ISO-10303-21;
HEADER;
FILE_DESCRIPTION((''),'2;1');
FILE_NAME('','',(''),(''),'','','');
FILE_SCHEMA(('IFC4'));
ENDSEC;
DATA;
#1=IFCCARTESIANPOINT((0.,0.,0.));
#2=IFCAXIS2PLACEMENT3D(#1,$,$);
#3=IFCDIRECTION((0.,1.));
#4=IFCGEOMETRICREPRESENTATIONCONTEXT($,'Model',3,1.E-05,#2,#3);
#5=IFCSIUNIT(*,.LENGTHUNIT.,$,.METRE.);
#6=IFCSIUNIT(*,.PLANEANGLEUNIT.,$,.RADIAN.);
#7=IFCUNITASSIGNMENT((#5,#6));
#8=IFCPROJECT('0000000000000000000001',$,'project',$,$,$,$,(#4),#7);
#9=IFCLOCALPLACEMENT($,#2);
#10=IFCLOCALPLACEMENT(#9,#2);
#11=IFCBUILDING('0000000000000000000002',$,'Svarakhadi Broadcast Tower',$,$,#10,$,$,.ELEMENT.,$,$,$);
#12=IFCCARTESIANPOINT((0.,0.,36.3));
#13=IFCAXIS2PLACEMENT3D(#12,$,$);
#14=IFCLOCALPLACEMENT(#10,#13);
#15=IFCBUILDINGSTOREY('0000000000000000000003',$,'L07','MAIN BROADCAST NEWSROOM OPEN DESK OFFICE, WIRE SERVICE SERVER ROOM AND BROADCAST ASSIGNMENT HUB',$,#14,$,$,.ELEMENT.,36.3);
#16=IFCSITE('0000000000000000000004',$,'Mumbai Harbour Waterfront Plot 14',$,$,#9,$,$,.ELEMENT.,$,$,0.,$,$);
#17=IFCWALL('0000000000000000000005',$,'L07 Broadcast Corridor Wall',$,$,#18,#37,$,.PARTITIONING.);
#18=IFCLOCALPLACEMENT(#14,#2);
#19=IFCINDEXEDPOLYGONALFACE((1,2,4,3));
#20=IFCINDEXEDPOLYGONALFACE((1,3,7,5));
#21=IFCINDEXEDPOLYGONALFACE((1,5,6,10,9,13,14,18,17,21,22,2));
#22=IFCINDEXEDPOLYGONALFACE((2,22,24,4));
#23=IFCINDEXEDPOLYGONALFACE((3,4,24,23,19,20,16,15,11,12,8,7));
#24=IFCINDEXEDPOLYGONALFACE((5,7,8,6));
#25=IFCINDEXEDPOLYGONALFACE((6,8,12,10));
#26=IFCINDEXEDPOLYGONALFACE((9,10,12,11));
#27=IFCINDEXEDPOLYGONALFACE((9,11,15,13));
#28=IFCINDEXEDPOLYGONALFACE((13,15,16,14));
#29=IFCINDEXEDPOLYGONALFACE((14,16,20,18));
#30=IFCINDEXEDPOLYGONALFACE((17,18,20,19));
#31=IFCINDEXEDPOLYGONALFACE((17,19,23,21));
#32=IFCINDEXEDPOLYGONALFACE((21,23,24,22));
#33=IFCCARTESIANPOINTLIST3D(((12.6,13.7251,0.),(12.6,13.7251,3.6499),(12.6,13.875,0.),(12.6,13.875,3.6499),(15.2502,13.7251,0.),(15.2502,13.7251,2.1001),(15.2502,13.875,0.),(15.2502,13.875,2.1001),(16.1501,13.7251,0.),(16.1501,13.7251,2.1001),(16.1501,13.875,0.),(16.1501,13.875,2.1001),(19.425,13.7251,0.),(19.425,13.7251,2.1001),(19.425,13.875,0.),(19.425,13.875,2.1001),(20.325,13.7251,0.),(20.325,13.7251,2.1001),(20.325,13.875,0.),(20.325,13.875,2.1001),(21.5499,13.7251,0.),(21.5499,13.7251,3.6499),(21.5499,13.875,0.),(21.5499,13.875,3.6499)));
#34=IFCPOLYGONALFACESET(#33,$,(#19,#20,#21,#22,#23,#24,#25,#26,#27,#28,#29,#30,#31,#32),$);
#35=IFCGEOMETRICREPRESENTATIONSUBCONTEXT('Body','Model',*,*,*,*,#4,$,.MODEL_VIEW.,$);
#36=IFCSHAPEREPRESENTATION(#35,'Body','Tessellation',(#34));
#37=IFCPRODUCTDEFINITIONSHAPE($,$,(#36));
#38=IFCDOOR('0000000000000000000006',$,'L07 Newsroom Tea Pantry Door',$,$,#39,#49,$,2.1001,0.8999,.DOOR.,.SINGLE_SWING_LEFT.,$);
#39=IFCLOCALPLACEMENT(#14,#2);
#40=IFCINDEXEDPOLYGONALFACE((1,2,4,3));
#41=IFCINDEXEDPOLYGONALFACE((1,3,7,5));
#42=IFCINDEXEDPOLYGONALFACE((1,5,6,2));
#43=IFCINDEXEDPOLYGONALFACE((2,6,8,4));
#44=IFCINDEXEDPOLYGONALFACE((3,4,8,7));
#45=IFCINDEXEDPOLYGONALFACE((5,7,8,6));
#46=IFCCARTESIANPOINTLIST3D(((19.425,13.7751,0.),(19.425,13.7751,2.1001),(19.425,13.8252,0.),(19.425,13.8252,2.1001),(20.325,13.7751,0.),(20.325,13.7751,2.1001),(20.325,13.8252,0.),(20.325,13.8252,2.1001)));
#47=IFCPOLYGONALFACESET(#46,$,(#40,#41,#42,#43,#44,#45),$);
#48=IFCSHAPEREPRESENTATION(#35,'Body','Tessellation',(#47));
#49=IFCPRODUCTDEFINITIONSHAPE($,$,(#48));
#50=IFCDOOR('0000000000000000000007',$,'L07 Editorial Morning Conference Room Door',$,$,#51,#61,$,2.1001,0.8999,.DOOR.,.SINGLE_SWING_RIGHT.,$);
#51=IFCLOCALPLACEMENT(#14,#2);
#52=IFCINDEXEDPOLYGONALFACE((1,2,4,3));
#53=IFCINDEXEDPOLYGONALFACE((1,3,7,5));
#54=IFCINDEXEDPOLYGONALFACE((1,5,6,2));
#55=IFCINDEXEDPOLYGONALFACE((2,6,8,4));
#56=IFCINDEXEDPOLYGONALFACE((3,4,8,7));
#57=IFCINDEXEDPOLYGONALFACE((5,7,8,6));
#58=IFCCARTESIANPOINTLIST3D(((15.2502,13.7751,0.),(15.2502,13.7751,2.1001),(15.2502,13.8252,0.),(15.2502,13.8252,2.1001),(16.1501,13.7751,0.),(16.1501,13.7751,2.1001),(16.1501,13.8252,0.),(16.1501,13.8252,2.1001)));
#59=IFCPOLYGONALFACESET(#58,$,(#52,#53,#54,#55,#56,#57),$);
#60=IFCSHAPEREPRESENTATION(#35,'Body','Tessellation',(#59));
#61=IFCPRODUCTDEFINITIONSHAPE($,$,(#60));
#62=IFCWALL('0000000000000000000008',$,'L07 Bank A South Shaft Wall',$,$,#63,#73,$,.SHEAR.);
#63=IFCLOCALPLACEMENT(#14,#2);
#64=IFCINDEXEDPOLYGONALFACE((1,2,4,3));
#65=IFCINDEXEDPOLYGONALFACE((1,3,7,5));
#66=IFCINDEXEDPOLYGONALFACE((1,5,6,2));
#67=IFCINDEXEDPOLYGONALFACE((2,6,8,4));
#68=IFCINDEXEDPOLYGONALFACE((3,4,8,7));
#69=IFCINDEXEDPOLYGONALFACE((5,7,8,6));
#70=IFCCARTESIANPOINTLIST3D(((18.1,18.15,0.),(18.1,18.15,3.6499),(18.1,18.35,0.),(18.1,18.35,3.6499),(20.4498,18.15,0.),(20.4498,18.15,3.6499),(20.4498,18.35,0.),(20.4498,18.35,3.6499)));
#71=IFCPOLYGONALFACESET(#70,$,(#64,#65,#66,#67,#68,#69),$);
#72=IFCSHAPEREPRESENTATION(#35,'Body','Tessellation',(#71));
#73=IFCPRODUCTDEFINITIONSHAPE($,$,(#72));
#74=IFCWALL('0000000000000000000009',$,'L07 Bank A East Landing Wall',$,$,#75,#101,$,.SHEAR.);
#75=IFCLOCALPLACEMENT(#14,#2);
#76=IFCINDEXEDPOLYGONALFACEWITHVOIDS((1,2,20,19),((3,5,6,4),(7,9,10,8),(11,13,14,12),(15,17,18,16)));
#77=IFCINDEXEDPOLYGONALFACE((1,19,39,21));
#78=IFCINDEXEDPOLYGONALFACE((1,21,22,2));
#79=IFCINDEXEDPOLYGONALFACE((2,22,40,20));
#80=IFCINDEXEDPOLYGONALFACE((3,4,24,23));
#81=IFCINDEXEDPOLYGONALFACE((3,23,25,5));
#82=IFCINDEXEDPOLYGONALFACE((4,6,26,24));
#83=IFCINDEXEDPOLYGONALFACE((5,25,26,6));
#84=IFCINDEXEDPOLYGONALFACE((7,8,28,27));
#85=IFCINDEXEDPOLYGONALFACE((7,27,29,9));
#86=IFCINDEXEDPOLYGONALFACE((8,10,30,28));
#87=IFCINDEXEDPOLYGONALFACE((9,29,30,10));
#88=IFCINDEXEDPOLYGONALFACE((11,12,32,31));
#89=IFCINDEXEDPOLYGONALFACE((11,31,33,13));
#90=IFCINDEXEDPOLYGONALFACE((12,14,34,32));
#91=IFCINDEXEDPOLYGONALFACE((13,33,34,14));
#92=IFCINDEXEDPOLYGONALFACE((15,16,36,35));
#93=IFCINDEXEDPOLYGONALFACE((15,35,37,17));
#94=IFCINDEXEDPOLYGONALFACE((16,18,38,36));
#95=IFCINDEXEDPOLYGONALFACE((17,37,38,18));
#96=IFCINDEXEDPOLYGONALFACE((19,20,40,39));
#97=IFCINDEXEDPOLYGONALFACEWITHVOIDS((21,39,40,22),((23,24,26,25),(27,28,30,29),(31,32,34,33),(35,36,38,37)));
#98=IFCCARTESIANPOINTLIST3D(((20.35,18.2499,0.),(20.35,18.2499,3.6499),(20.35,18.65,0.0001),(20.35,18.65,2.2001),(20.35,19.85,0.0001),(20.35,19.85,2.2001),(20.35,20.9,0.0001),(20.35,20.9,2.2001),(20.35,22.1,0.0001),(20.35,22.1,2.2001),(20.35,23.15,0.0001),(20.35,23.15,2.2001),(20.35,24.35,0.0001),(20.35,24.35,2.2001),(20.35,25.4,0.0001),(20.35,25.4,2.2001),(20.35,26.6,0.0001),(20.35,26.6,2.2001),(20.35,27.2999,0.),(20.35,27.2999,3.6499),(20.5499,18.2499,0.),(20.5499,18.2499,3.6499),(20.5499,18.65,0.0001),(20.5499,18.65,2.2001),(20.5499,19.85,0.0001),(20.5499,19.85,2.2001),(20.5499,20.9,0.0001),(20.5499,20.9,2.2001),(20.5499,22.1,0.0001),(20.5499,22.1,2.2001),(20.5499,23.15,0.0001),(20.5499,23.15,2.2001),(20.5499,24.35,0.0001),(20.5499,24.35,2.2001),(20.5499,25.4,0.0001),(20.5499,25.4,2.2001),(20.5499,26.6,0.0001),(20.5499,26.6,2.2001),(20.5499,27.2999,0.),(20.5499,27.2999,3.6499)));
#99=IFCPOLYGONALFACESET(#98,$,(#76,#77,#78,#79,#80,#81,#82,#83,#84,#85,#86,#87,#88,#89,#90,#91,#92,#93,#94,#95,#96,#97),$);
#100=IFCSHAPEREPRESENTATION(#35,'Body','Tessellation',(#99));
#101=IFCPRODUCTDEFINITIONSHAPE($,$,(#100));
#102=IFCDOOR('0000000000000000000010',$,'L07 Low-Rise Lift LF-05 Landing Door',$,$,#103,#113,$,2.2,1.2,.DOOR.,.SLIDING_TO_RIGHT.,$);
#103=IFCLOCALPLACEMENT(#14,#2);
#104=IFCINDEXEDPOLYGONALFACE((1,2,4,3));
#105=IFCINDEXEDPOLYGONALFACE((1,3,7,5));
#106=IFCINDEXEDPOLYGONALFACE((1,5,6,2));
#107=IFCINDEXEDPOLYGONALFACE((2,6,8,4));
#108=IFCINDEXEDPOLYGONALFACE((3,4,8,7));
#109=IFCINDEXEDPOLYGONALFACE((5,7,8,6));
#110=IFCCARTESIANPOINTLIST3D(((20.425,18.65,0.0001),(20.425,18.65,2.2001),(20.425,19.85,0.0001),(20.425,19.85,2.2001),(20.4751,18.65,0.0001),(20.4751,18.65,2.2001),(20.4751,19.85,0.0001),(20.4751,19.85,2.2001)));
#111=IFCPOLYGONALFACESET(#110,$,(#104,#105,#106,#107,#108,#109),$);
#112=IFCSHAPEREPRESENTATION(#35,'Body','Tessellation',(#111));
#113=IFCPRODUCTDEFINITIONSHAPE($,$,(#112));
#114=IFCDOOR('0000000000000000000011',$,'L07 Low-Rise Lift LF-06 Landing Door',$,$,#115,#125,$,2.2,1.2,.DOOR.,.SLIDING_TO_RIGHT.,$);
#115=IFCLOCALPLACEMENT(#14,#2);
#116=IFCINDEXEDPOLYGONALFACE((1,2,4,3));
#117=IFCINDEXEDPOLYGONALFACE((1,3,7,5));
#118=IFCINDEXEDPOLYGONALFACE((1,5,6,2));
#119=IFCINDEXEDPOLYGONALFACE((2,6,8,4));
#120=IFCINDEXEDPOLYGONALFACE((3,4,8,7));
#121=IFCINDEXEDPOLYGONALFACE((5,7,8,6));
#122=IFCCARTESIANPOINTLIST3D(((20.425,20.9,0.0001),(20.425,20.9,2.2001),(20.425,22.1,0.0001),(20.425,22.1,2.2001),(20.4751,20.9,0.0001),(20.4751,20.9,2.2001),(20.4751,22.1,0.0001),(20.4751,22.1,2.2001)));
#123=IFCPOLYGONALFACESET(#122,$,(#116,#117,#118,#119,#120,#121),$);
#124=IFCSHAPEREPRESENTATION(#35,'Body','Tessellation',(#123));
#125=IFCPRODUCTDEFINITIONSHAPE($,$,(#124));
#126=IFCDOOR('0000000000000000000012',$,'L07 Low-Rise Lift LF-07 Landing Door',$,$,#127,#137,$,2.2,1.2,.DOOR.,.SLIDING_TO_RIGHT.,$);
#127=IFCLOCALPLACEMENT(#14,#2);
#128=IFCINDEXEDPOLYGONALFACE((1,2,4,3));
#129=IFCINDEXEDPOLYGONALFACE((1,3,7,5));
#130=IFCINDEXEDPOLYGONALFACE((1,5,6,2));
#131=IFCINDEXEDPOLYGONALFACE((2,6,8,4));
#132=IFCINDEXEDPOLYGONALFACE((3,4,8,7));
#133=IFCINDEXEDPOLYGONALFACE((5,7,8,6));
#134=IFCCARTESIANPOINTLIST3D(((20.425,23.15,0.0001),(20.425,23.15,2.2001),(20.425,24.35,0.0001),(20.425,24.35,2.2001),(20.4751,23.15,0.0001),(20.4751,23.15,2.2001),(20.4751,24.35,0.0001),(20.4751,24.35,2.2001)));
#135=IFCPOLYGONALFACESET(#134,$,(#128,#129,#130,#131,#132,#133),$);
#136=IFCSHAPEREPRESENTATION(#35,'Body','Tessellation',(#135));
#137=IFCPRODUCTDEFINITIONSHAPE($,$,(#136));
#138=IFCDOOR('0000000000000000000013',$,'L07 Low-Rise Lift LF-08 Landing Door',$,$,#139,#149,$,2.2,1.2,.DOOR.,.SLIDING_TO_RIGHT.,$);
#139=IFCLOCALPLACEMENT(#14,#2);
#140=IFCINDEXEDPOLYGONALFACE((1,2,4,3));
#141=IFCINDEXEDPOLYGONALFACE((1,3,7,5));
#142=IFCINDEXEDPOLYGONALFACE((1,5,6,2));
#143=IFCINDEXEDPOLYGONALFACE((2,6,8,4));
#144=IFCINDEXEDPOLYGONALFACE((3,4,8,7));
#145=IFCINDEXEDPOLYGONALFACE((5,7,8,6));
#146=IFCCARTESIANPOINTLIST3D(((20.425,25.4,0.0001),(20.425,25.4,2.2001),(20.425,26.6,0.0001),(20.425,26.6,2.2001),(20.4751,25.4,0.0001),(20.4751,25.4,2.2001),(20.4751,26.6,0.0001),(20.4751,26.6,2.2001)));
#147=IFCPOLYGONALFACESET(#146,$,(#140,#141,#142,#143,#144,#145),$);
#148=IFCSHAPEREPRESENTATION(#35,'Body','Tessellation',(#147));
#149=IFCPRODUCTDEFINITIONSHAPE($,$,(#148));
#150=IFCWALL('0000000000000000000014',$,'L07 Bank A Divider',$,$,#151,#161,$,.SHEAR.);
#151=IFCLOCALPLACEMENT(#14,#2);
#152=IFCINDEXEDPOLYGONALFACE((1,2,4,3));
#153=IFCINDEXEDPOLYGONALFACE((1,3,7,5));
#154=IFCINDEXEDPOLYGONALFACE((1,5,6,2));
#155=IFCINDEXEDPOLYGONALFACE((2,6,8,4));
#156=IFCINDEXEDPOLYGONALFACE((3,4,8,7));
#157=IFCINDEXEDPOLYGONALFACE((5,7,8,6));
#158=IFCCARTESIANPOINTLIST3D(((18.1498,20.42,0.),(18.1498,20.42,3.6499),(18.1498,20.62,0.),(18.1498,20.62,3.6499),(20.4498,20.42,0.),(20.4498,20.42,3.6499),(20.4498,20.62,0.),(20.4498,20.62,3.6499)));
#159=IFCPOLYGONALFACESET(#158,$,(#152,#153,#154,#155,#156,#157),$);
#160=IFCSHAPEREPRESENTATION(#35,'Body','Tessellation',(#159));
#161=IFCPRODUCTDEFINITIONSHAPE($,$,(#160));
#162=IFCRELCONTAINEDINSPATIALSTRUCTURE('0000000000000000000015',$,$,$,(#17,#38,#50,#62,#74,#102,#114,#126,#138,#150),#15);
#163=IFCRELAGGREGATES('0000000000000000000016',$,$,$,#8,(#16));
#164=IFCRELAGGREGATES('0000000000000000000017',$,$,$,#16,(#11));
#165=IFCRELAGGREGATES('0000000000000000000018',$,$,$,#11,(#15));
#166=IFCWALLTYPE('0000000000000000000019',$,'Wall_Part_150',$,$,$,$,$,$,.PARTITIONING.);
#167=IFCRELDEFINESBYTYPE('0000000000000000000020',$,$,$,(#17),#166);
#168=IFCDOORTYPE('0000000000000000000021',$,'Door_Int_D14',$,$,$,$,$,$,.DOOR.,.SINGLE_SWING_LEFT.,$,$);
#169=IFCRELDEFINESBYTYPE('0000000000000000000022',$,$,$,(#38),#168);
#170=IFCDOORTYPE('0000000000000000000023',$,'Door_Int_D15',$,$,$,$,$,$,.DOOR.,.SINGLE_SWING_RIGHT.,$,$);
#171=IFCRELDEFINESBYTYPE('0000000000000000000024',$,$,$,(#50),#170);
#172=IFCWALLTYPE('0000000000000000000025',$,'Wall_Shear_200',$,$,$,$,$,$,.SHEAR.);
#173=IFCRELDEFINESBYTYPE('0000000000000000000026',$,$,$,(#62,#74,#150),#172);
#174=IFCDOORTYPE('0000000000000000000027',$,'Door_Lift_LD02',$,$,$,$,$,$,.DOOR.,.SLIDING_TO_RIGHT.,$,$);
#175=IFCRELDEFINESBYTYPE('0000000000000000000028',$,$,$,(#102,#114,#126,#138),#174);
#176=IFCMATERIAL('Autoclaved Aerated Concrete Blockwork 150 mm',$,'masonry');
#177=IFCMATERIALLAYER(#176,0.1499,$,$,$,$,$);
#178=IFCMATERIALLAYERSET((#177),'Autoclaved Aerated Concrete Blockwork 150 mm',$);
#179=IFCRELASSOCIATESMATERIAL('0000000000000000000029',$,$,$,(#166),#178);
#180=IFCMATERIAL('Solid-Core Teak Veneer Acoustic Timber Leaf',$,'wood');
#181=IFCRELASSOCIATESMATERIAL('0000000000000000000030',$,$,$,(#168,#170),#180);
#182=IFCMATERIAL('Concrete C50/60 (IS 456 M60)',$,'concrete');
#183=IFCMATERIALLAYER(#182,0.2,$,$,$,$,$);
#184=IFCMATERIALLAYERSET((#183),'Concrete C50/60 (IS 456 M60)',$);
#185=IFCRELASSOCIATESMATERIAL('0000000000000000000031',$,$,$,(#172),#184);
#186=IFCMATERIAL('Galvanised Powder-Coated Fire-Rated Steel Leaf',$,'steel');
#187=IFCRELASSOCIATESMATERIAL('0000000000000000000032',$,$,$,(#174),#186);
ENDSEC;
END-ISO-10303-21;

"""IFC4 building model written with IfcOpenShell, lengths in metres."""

from ifc_helpers import new_model, si_unit, direction, frame, frame_2d, origin, place, context, subcontext, project, spatial, rectangle, extrude, material, layer, layer_set, type_object, element, fill, save


model = new_model("IFC4")

# Units and contexts
model_context = context("Model", 3, precision=1e-05, world=origin(), true_north=direction((0.0, 1.0)))
body_context = subcontext(model_context, "Body", "Model", "MODEL_VIEW")
ifc_project = project(units=[si_unit("LENGTHUNIT", "METRE"), si_unit("PLANEANGLEUNIT", "RADIAN")], contexts=[model_context])

# Site, building, storey
site_placement = place(None, origin())
site = spatial("IfcSite", under=ifc_project, at=site_placement, Name="Mumbai Harbour Waterfront Plot 14", CompositionType="ELEMENT", RefElevation=0.0)
building_placement = place(site_placement, origin())
building = spatial("IfcBuilding", under=site, at=building_placement, Name="Svarakhadi Broadcast Tower", CompositionType="ELEMENT")
storey_placement = place(building_placement, frame((0.0, 0.0, 36.3)))
storey = spatial("IfcBuildingStorey", under=building, at=storey_placement, Name="L07", Description="MAIN BROADCAST NEWSROOM OPEN DESK OFFICE, WIRE SERVICE SERVER ROOM AND BROADCAST ASSIGNMENT HUB", CompositionType="ELEMENT", Elevation=36.3)

# Wall, openings, doors
ifc_material_1 = material(Name="Autoclaved Aerated Concrete Blockwork 150 mm", Category="masonry")
ifc_layer_1 = layer(ifc_material_1, 0.1499)
ifc_layer_set_1 = layer_set([ifc_layer_1], Name="Autoclaved Aerated Concrete Blockwork 150 mm")
wall_type_1 = type_object("IfcWallType", Name="Wall_Part_150", PredefinedType="PARTITIONING", material=ifc_layer_set_1)
wall_1_placement = place(storey_placement, frame((21.55, 13.8, 0.0), z_axis=(0.0, 0.0, 1.0), x_axis=(-1.0, 0.0, 0.0)))
wall_1 = element("IfcWall", 1, at=wall_1_placement, inside=storey, type_object=wall_type_1, Name="L07 Broadcast Corridor Wall", PredefinedType="PARTITIONING", context=body_context, shape_type="SweptSolid", body=[
    extrude(rectangle(XDim=8.95, YDim=0.1499, at=frame_2d((4.4751, 0.0))), origin(), (0.0, 0.0, 1.0), 3.6499),
])
opening_1_placement = place(wall_1_placement, frame((5.3999, 0.0, 0.0)))
opening_1 = element("IfcOpeningElement", 2, at=opening_1_placement, cuts=wall_1, PredefinedType="OPENING", context=body_context, shape_type="SweptSolid", body=[
    extrude(rectangle(XDim=0.8999, YDim=2.1001, at=frame_2d((0.45, 1.05))), frame((0.0, 0.085, 0.0), z_axis=(0.0, -1.0, 0.0), x_axis=(1.0, 0.0, 0.0)), (0.0, 0.0, 1.0), 0.1699),
])
opening_2_placement = place(wall_1_placement, frame((1.2251, 0.0, 0.0)))
opening_2 = element("IfcOpeningElement", 3, at=opening_2_placement, cuts=wall_1, PredefinedType="OPENING", context=body_context, shape_type="SweptSolid", body=[
    extrude(rectangle(XDim=0.8999, YDim=2.1001, at=frame_2d((0.45, 1.05))), frame((0.0, 0.085, 0.0), z_axis=(0.0, -1.0, 0.0), x_axis=(1.0, 0.0, 0.0)), (0.0, 0.0, 1.0), 0.1699),
])
ifc_material_2 = material(Name="Solid-Core Teak Veneer Acoustic Timber Leaf", Category="wood")
door_type_1 = type_object("IfcDoorType", Name="Door_Int_D14", OperationType="SINGLE_SWING_LEFT", PredefinedType="DOOR", material=ifc_material_2)
door_1_placement = place(opening_2_placement, origin())
door_1 = element("IfcDoor", 4, at=door_1_placement, inside=storey, type_object=door_type_1, Name="L07 Newsroom Tea Pantry Door", OperationType="SINGLE_SWING_LEFT", OverallHeight=2.1001, OverallWidth=0.8999, PredefinedType="DOOR", context=body_context, shape_type="SweptSolid", body=[
    extrude(rectangle(XDim=0.8999, YDim=2.1001, at=frame_2d((0.45, 1.05))), frame((0.0, 0.0249, 0.0), z_axis=(0.0, -1.0, 0.0), x_axis=(1.0, 0.0, 0.0)), (0.0, 0.0, 1.0), 0.05),
])
fill(opening_2, door_1)
door_type_2 = type_object("IfcDoorType", Name="Door_Int_D15", OperationType="SINGLE_SWING_RIGHT", PredefinedType="DOOR", material=ifc_material_2)
door_2_placement = place(opening_1_placement, origin())
door_2 = element("IfcDoor", 5, at=door_2_placement, inside=storey, type_object=door_type_2, Name="L07 Editorial Morning Conference Room Door", OperationType="SINGLE_SWING_RIGHT", OverallHeight=2.1001, OverallWidth=0.8999, PredefinedType="DOOR", context=body_context, shape_type="SweptSolid", body=[
    extrude(rectangle(XDim=0.8999, YDim=2.1001, at=frame_2d((0.45, 1.05))), frame((0.0, 0.0249, 0.0), z_axis=(0.0, -1.0, 0.0), x_axis=(1.0, 0.0, 0.0)), (0.0, 0.0, 1.0), 0.05),
])
fill(opening_1, door_2)

# Wall
ifc_material_3 = material(Name="Concrete C50/60 (IS 456 M60)", Category="concrete")
ifc_layer_2 = layer(ifc_material_3, 0.2)
ifc_layer_set_2 = layer_set([ifc_layer_2], Name="Concrete C50/60 (IS 456 M60)")
wall_type_2 = type_object("IfcWallType", Name="Wall_Shear_200", PredefinedType="SHEAR", material=ifc_layer_set_2)
wall_2_placement = place(storey_placement, frame((18.1001, 18.25, 0.0), z_axis=(0.0, 0.0, 1.0), x_axis=(1.0, 0.0, 0.0)))
element("IfcWall", 6, at=wall_2_placement, inside=storey, type_object=wall_type_2, Name="L07 Bank A South Shaft Wall", PredefinedType="SHEAR", context=body_context, shape_type="SweptSolid", body=[
    extrude(rectangle(XDim=2.3499, YDim=0.2, at=frame_2d((1.1748, 0.0))), origin(), (0.0, 0.0, 1.0), 3.6499),
])

# Wall, openings, doors
wall_3_placement = place(storey_placement, frame((20.45, 18.25, 0.0), z_axis=(0.0, 0.0, 1.0), x_axis=(0.0, 1.0, 0.0)))
wall_3 = element("IfcWall", 7, at=wall_3_placement, inside=storey, type_object=wall_type_2, Name="L07 Bank A East Landing Wall", PredefinedType="SHEAR", context=body_context, shape_type="SweptSolid", body=[
    extrude(rectangle(XDim=9.05, YDim=0.2, at=frame_2d((4.5249, 0.0))), origin(), (0.0, 0.0, 1.0), 3.6499),
])
opening_3_placement = place(wall_3_placement, frame((0.3999, 0.0, 0.0)))
opening_3 = element("IfcOpeningElement", 8, at=opening_3_placement, cuts=wall_3, PredefinedType="OPENING", context=body_context, shape_type="SweptSolid", body=[
    extrude(rectangle(XDim=1.2, YDim=2.2, at=frame_2d((0.6001, 1.1001))), frame((0.0, 0.1099, 0.0), z_axis=(0.0, -1.0, 0.0), x_axis=(1.0, 0.0, 0.0)), (0.0, 0.0, 1.0), 0.22),
])
opening_4_placement = place(wall_3_placement, frame((2.6499, 0.0, 0.0)))
opening_4 = element("IfcOpeningElement", 9, at=opening_4_placement, cuts=wall_3, PredefinedType="OPENING", context=body_context, shape_type="SweptSolid", body=[
    extrude(rectangle(XDim=1.2, YDim=2.2, at=frame_2d((0.6001, 1.1001))), frame((0.0, 0.1099, 0.0), z_axis=(0.0, -1.0, 0.0), x_axis=(1.0, 0.0, 0.0)), (0.0, 0.0, 1.0), 0.22),
])
opening_5_placement = place(wall_3_placement, frame((4.8999, 0.0, 0.0)))
opening_5 = element("IfcOpeningElement", 10, at=opening_5_placement, cuts=wall_3, PredefinedType="OPENING", context=body_context, shape_type="SweptSolid", body=[
    extrude(rectangle(XDim=1.2, YDim=2.2, at=frame_2d((0.6001, 1.1001))), frame((0.0, 0.1099, 0.0), z_axis=(0.0, -1.0, 0.0), x_axis=(1.0, 0.0, 0.0)), (0.0, 0.0, 1.0), 0.22),
])
opening_6_placement = place(wall_3_placement, frame((7.1499, 0.0, 0.0)))
opening_6 = element("IfcOpeningElement", 11, at=opening_6_placement, cuts=wall_3, PredefinedType="OPENING", context=body_context, shape_type="SweptSolid", body=[
    extrude(rectangle(XDim=1.2, YDim=2.2, at=frame_2d((0.6001, 1.1001))), frame((0.0, 0.1099, 0.0), z_axis=(0.0, -1.0, 0.0), x_axis=(1.0, 0.0, 0.0)), (0.0, 0.0, 1.0), 0.22),
])
ifc_material_4 = material(Name="Galvanised Powder-Coated Fire-Rated Steel Leaf", Category="steel")
door_type_3 = type_object("IfcDoorType", Name="Door_Lift_LD02", OperationType="SLIDING_TO_RIGHT", PredefinedType="DOOR", material=ifc_material_4)
door_3_placement = place(opening_3_placement, origin())
door_3 = element("IfcDoor", 12, at=door_3_placement, inside=storey, type_object=door_type_3, Name="L07 Low-Rise Lift LF-05 Landing Door", OperationType="SLIDING_TO_RIGHT", OverallHeight=2.2, OverallWidth=1.2, PredefinedType="DOOR", context=body_context, shape_type="SweptSolid", body=[
    extrude(rectangle(XDim=1.2, YDim=2.2, at=frame_2d((0.6001, 1.1001))), frame((0.0, 0.0249, 0.0), z_axis=(0.0, -1.0, 0.0), x_axis=(1.0, 0.0, 0.0)), (0.0, 0.0, 1.0), 0.05),
])
fill(opening_3, door_3)
door_4_placement = place(opening_4_placement, origin())
door_4 = element("IfcDoor", 13, at=door_4_placement, inside=storey, type_object=door_type_3, Name="L07 Low-Rise Lift LF-06 Landing Door", OperationType="SLIDING_TO_RIGHT", OverallHeight=2.2, OverallWidth=1.2, PredefinedType="DOOR", context=body_context, shape_type="SweptSolid", body=[
    extrude(rectangle(XDim=1.2, YDim=2.2, at=frame_2d((0.6001, 1.1001))), frame((0.0, 0.0249, 0.0), z_axis=(0.0, -1.0, 0.0), x_axis=(1.0, 0.0, 0.0)), (0.0, 0.0, 1.0), 0.05),
])
fill(opening_4, door_4)
door_5_placement = place(opening_5_placement, origin())
door_5 = element("IfcDoor", 14, at=door_5_placement, inside=storey, type_object=door_type_3, Name="L07 Low-Rise Lift LF-07 Landing Door", OperationType="SLIDING_TO_RIGHT", OverallHeight=2.2, OverallWidth=1.2, PredefinedType="DOOR", context=body_context, shape_type="SweptSolid", body=[
    extrude(rectangle(XDim=1.2, YDim=2.2, at=frame_2d((0.6001, 1.1001))), frame((0.0, 0.0249, 0.0), z_axis=(0.0, -1.0, 0.0), x_axis=(1.0, 0.0, 0.0)), (0.0, 0.0, 1.0), 0.05),
])
fill(opening_5, door_5)
door_6_placement = place(opening_6_placement, origin())
door_6 = element("IfcDoor", 15, at=door_6_placement, inside=storey, type_object=door_type_3, Name="L07 Low-Rise Lift LF-08 Landing Door", OperationType="SLIDING_TO_RIGHT", OverallHeight=2.2, OverallWidth=1.2, PredefinedType="DOOR", context=body_context, shape_type="SweptSolid", body=[
    extrude(rectangle(XDim=1.2, YDim=2.2, at=frame_2d((0.6001, 1.1001))), frame((0.0, 0.0249, 0.0), z_axis=(0.0, -1.0, 0.0), x_axis=(1.0, 0.0, 0.0)), (0.0, 0.0, 1.0), 0.05),
])
fill(opening_6, door_6)

# Wall
for number, where, z_axis, x_axis, name in (
    (16, (18.1499, 20.52, 0.0), (0.0, 0.0, 1.0), (1.0, 0.0, 0.0), "L07 Bank A Divider"),
):
    element("IfcWall", number, at=place(storey_placement, frame(where, z_axis=z_axis, x_axis=x_axis)), inside=storey, type_object=wall_type_2, Name=name, PredefinedType="SHEAR", context=body_context, shape_type="SweptSolid", body=[
        extrude(rectangle(XDim=2.3, YDim=0.2, at=frame_2d((1.1499, 0.0))), origin(), (0.0, 0.0, 1.0), 3.6499),
    ])

save(model, "model.ifc")
